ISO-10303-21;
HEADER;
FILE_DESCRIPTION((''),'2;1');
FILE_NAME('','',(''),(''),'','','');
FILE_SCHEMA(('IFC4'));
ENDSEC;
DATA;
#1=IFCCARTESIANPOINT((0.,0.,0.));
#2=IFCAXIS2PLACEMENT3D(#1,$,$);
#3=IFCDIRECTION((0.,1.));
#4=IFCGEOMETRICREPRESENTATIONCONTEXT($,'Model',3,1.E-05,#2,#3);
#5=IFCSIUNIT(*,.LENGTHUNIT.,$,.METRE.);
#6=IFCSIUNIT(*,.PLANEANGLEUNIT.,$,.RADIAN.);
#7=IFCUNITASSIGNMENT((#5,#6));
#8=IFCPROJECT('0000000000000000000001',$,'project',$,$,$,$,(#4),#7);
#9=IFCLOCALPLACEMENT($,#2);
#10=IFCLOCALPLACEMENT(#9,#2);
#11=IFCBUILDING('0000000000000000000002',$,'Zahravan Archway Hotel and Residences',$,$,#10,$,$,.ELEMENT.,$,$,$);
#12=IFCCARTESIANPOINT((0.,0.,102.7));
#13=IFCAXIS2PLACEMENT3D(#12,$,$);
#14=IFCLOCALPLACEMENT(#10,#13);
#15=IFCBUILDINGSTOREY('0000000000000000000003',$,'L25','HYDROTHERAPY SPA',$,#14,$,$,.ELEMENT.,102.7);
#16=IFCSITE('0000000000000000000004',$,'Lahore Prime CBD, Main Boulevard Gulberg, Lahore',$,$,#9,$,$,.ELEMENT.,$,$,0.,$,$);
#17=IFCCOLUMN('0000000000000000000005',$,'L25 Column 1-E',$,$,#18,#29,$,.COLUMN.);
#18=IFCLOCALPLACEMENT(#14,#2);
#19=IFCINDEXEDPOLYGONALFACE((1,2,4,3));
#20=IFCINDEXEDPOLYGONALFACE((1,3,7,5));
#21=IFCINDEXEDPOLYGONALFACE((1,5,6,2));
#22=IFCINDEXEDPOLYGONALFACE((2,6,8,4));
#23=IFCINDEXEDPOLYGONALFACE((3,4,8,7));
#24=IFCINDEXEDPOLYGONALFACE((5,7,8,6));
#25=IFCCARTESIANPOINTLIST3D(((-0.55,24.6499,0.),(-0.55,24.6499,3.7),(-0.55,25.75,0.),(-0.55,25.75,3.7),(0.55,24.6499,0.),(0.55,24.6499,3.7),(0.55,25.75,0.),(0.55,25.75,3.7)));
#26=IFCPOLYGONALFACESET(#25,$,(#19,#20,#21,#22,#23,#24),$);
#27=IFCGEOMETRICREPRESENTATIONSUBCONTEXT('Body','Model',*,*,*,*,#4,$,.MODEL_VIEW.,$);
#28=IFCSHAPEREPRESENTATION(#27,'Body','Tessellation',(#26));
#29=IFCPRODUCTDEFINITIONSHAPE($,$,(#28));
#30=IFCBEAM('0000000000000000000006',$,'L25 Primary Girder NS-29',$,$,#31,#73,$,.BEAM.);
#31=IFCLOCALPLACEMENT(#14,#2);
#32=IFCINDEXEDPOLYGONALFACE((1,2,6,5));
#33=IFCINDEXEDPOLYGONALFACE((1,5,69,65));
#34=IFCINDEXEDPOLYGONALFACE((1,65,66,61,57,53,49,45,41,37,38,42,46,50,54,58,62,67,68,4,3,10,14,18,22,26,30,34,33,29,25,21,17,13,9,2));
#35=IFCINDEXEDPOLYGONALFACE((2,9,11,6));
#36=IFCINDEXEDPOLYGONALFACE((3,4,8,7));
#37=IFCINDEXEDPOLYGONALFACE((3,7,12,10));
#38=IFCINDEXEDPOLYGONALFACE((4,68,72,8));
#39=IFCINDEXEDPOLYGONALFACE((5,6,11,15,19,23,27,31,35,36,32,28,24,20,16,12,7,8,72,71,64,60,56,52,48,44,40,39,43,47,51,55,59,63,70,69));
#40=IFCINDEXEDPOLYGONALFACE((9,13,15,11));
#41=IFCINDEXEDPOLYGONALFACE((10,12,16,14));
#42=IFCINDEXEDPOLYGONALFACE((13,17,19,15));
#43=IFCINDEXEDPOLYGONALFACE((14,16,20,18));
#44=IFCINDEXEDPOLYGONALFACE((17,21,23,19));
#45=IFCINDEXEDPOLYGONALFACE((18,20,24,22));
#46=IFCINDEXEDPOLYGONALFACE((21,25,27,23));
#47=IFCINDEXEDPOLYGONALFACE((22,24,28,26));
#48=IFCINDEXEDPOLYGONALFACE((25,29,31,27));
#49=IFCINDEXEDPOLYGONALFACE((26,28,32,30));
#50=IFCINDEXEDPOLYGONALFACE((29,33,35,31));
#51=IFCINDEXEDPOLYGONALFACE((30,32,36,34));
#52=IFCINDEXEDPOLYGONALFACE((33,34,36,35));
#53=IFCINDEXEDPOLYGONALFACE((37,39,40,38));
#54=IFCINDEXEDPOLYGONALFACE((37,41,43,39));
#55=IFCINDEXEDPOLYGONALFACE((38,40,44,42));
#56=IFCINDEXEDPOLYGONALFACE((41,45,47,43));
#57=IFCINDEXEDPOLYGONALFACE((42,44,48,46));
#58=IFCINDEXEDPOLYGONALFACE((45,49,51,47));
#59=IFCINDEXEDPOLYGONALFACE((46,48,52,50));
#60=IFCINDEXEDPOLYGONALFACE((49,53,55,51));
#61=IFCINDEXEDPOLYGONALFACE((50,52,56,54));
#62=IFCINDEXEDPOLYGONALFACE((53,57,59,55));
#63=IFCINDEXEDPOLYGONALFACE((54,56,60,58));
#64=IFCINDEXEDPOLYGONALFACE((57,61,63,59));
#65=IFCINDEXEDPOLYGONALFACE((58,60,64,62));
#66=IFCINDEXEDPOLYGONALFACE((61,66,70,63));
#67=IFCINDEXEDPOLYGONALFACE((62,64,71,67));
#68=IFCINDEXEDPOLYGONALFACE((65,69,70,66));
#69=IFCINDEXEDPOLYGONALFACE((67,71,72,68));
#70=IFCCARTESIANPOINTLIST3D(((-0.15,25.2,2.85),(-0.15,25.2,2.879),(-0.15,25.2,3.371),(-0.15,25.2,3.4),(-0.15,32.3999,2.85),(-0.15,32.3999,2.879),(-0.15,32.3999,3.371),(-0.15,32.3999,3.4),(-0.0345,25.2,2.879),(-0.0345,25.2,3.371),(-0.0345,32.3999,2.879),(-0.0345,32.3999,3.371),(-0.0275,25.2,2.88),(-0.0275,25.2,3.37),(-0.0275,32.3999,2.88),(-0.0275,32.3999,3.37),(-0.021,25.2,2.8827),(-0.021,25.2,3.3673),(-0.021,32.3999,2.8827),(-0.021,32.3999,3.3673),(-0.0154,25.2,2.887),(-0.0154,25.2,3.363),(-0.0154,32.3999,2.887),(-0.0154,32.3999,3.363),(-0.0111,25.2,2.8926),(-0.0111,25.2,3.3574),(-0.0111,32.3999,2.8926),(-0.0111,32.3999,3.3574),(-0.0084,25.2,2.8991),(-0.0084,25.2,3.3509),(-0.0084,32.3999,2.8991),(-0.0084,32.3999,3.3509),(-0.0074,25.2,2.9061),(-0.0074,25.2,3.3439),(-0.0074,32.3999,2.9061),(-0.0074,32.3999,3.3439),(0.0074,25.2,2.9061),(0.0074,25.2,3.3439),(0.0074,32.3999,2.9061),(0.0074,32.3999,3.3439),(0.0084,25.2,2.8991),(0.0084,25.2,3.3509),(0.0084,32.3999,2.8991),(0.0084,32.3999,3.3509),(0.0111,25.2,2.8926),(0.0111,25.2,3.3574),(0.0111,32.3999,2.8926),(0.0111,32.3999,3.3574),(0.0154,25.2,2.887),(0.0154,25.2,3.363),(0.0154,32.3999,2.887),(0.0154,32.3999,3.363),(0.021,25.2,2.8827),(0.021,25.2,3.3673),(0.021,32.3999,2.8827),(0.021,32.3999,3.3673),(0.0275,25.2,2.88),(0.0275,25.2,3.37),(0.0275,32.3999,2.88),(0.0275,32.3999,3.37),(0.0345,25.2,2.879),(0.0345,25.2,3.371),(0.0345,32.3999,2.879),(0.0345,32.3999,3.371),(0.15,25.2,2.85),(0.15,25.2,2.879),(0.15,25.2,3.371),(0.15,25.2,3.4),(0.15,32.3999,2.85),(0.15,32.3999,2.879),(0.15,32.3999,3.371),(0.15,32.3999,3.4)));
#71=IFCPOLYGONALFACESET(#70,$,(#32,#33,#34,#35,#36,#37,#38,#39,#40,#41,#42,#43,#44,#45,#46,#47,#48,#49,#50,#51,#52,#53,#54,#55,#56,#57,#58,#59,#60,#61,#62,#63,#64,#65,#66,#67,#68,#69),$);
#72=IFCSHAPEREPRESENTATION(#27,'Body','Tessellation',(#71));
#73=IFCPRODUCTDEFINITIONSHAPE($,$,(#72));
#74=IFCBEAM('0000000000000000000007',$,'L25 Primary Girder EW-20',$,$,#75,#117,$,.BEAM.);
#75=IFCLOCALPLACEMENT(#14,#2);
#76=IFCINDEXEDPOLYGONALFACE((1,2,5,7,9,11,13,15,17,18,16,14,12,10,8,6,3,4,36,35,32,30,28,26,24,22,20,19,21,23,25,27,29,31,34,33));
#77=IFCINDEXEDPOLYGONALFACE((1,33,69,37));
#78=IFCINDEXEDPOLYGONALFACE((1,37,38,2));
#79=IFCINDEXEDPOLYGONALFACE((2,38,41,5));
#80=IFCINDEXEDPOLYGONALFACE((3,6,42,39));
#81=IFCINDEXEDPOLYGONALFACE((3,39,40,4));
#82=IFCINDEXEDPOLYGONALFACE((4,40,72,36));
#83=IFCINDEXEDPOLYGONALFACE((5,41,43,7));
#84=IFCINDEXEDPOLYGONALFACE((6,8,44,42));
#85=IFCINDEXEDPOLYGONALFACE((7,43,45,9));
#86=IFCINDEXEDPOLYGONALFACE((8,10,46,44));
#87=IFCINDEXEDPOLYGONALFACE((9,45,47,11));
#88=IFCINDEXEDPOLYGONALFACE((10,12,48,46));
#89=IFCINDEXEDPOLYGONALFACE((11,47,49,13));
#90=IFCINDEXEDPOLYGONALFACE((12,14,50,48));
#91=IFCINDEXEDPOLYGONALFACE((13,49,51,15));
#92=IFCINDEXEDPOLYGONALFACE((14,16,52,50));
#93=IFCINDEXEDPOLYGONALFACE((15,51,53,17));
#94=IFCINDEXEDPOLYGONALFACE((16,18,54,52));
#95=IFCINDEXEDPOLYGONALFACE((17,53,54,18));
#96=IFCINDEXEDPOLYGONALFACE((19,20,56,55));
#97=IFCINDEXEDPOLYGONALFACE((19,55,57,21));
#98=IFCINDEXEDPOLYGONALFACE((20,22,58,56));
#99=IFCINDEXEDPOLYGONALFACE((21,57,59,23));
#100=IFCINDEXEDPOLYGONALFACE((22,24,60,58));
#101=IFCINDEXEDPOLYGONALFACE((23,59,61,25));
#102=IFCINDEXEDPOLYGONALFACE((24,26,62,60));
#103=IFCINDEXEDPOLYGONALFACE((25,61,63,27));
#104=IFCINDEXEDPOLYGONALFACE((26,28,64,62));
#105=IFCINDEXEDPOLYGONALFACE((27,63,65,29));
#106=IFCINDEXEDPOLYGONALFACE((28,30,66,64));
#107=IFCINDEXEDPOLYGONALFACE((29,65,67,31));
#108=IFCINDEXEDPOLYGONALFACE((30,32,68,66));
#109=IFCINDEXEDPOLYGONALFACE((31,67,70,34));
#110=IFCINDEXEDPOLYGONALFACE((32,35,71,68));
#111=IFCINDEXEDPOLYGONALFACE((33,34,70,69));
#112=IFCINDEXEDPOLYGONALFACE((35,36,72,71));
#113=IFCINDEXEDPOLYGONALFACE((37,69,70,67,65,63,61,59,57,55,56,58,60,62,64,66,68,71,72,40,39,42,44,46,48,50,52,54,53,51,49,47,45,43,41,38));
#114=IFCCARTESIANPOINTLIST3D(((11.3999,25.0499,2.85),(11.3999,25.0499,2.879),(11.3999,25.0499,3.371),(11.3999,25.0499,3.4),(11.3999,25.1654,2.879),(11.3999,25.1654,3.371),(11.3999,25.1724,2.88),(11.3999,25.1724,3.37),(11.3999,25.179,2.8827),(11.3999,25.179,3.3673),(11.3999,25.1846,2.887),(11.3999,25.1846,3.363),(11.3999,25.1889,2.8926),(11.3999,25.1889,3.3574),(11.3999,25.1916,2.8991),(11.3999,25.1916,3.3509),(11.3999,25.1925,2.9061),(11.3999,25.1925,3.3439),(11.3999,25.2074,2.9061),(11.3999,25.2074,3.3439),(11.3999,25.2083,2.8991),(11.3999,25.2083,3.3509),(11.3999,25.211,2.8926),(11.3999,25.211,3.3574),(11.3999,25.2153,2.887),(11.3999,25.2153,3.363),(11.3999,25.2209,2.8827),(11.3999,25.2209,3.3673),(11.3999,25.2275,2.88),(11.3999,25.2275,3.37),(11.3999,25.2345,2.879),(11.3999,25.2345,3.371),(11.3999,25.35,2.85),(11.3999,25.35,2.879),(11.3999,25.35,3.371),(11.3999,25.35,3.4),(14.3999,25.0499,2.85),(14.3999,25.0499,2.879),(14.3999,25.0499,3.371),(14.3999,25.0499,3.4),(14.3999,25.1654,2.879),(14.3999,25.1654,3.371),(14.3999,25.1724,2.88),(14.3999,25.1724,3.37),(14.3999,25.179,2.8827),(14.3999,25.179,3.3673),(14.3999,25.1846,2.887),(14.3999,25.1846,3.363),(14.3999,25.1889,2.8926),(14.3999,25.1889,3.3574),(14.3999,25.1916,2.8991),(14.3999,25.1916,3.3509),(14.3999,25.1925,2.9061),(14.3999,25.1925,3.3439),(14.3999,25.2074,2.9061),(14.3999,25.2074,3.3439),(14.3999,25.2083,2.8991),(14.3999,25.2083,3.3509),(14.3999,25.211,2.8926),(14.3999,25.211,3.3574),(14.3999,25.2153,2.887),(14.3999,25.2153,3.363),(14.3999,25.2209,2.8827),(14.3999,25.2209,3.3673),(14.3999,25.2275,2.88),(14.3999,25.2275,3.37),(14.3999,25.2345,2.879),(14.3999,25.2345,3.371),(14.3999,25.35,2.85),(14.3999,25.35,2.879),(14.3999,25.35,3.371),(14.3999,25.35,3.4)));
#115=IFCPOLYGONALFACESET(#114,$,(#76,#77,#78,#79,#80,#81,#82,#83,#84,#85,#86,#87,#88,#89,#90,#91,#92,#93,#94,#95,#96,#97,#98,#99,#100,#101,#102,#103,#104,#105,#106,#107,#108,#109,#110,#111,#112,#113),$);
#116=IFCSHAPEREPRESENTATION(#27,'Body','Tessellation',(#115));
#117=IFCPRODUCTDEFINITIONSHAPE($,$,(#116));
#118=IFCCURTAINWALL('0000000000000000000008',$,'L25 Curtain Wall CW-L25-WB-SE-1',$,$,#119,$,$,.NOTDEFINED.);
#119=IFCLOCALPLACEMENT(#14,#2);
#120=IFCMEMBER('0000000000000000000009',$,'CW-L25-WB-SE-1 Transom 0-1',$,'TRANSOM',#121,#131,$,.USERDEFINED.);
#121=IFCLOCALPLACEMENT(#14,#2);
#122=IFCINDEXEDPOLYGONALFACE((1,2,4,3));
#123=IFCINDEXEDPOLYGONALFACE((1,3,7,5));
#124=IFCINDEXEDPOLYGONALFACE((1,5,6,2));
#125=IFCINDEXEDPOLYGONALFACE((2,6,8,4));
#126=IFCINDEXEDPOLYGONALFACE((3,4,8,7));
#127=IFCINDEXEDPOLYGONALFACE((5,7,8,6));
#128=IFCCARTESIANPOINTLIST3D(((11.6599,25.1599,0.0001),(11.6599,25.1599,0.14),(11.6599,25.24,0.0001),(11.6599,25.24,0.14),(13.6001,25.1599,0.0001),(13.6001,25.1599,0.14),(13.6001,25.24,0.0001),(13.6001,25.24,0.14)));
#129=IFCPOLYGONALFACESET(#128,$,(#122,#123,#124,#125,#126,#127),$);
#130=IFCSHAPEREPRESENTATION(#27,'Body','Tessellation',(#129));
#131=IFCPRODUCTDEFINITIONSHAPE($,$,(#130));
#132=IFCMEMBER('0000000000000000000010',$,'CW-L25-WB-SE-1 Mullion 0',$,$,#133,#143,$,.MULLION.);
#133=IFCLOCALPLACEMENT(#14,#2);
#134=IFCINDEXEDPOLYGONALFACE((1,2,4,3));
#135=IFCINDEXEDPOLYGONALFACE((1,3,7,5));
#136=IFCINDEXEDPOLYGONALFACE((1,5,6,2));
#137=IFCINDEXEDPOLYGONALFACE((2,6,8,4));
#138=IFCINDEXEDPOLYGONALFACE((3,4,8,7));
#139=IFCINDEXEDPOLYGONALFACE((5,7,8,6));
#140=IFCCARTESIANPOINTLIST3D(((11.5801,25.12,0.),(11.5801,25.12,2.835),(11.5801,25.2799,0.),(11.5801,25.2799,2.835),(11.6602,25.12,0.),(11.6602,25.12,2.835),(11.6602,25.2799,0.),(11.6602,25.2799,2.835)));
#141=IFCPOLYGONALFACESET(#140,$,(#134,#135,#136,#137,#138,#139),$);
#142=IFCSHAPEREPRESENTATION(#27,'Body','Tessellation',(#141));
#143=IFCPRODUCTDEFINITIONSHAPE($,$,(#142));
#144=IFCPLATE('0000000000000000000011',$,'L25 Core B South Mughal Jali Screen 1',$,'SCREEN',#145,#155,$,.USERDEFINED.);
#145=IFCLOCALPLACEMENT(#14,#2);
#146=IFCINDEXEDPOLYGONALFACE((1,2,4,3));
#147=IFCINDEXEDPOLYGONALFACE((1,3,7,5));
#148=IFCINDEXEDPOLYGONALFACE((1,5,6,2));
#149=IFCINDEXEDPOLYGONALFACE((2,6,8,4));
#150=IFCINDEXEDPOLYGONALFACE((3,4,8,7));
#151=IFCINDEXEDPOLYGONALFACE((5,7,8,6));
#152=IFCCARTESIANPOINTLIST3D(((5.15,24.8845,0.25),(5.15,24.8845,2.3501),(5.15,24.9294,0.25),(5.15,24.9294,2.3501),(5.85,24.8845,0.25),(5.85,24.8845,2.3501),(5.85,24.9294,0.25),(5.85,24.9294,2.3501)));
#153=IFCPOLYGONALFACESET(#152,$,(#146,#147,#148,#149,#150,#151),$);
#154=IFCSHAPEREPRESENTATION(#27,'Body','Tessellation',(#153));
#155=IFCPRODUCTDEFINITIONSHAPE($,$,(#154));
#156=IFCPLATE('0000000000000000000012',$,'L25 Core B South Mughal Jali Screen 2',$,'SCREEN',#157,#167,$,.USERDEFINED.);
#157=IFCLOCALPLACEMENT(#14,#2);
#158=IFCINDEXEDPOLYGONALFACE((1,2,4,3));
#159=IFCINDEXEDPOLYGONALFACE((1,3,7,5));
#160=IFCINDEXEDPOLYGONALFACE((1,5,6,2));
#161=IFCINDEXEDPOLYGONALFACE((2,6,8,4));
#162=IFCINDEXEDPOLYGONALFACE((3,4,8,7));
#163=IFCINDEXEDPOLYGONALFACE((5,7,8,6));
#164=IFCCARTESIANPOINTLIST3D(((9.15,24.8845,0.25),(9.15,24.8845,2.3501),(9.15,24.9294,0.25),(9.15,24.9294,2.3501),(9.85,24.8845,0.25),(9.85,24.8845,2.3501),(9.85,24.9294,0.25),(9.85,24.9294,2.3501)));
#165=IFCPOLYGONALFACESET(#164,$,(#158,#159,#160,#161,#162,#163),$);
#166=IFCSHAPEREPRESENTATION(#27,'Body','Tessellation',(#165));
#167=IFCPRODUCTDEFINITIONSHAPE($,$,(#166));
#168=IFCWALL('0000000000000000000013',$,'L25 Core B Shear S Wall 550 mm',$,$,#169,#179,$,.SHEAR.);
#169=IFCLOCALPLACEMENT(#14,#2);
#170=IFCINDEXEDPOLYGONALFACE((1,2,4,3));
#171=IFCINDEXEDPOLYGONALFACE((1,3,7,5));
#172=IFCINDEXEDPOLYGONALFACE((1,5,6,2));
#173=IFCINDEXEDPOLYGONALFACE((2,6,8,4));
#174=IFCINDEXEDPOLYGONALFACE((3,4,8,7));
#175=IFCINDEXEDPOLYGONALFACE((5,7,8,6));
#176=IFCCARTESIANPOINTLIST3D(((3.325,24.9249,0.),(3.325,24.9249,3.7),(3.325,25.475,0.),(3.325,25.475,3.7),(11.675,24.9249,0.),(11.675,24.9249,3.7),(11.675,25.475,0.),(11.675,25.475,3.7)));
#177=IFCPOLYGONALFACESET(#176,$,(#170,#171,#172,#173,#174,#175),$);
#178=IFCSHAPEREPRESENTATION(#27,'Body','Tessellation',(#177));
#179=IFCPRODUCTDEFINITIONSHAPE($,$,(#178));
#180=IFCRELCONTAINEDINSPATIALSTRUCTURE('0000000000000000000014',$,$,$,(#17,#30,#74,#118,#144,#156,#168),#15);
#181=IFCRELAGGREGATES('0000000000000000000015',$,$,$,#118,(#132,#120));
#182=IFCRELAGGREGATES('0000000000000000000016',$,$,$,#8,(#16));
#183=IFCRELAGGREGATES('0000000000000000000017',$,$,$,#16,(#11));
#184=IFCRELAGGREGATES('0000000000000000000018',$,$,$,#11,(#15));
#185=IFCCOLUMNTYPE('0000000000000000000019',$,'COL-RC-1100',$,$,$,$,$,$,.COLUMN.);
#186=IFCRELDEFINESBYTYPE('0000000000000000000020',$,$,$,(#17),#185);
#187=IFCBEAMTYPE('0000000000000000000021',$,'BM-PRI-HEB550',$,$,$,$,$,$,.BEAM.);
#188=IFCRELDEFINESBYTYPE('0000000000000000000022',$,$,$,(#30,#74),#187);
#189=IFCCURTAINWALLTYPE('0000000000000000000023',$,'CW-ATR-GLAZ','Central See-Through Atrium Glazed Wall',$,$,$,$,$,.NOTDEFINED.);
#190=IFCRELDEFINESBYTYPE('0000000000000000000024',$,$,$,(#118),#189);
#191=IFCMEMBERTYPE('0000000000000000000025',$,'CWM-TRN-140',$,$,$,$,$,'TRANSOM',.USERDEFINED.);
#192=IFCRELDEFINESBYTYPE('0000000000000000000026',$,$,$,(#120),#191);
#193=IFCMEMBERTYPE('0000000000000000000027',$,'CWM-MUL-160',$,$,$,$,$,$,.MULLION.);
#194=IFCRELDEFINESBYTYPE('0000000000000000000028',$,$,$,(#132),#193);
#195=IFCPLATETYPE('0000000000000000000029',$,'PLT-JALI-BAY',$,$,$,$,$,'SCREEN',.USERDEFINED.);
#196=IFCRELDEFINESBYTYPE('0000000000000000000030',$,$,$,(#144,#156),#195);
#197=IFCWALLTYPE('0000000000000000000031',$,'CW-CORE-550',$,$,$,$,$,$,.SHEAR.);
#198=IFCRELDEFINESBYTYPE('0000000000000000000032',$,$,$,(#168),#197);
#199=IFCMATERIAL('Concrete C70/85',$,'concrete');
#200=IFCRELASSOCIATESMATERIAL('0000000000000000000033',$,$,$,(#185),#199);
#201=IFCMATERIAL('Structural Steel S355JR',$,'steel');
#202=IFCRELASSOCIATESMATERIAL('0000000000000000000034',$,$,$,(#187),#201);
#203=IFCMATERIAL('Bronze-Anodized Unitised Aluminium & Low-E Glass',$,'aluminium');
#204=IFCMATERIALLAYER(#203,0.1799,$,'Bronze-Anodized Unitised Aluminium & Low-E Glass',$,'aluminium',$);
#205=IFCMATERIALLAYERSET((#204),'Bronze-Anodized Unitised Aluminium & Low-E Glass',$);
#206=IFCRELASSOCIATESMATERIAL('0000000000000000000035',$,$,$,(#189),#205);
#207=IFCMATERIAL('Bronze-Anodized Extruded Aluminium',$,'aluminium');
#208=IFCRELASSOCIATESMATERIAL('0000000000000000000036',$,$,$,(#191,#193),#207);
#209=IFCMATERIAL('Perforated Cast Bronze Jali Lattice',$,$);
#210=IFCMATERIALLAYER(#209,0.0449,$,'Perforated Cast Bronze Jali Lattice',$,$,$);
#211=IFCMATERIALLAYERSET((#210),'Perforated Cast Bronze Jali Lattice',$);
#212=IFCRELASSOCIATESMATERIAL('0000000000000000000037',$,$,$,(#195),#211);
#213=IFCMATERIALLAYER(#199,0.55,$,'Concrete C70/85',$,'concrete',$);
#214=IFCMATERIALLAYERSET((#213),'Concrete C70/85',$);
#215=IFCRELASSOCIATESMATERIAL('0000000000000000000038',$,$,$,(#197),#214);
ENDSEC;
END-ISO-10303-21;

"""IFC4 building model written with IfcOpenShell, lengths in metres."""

from ifc_helpers import new_model, si_unit, direction, frame, frame_2d, origin, origin_2d, place, context, subcontext, project, spatial, rectangle, i_section, extrude, source, transform, mapped, material, layer, layer_set, material_profile, profile_set, type_object, type_shapes, element, aggregate, save


model = new_model("IFC4")

# Units and contexts
model_context = context("Model", 3, precision=1e-05, world=origin(), true_north=direction((0.0, 1.0)))
body_context = subcontext(model_context, "Body", "Model", "MODEL_VIEW")
ifc_project = project(units=[si_unit("LENGTHUNIT", "METRE"), si_unit("PLANEANGLEUNIT", "RADIAN")], contexts=[model_context])

# Site, building, storey
site_placement = place(None, origin())
site = spatial("IfcSite", under=ifc_project, at=site_placement, Name="Lahore Prime CBD, Main Boulevard Gulberg, Lahore", CompositionType="ELEMENT", RefElevation=0.0)
building_placement = place(site_placement, origin())
building = spatial("IfcBuilding", under=site, at=building_placement, Name="Zahravan Archway Hotel and Residences", CompositionType="ELEMENT")
storey_placement = place(building_placement, frame((0.0, 0.0, 102.7)))
storey = spatial("IfcBuildingStorey", under=building, at=storey_placement, Name="L25", Description="HYDROTHERAPY SPA", CompositionType="ELEMENT", Elevation=102.7)

# Column
ifc_material_1 = material(Name="Concrete C70/85", Category="concrete")
ifc_material_profile_1 = material_profile(ifc_material_1, rectangle(XDim=1.1001, YDim=1.1001, at=origin_2d()), Name="RC 1100x1100", Category="concrete")
ifc_profile_set_1 = profile_set([ifc_material_profile_1], Name="Concrete C70/85")
column_type = type_object("IfcColumnType", Name="COL-RC-1100", PredefinedType="COLUMN", material=ifc_profile_set_1)
shared_shape_1 = source(origin(), body_context, "Body", "SweptSolid", [
    extrude(rectangle(XDim=1.1001, YDim=1.1001, at=origin_2d()), origin(), (0.0, 0.0, 1.0), 3.7),
])
column_placement = place(storey_placement, frame((0.0, 25.2, 0.0), z_axis=(0.0, 0.0, 1.0), x_axis=(1.0, 0.0, 0.0)))
element("IfcColumn", 1, at=column_placement, inside=storey, type_object=column_type, Name="L25 Column 1-E", PredefinedType="COLUMN", context=body_context, shape_type="MappedRepresentation", body=[
    mapped(shared_shape_1, transform((0.0, 0.0, 0.0), scale=1.0)),
])

# Beams
ifc_material_2 = material(Name="Structural Steel S355JR", Category="steel")
ifc_material_profile_2 = material_profile(ifc_material_2, i_section(OverallWidth=0.3, OverallDepth=0.55, WebThickness=0.0149, FlangeThickness=0.0291, FilletRadius=0.0271, at=origin_2d()), Name="HEB 550", Category="steel")
ifc_profile_set_2 = profile_set([ifc_material_profile_2], Name="Structural Steel S355JR")
beam_type = type_object("IfcBeamType", Name="BM-PRI-HEB550", PredefinedType="BEAM", material=ifc_profile_set_2)
shared_shape_2 = source(origin(), body_context, "Body", "SweptSolid", [
    extrude(i_section(OverallWidth=0.3, OverallDepth=0.55, WebThickness=0.0149, FlangeThickness=0.0291, FilletRadius=0.0271, at=origin_2d()), origin(), (0.0, 0.0, 1.0), 7.2),
])
beam_1_placement = place(storey_placement, frame((0.0, 25.2, 3.125), z_axis=(0.0, 1.0, 0.0), x_axis=(-1.0, 0.0, 0.0)))
element("IfcBeam", 2, at=beam_1_placement, inside=storey, type_object=beam_type, Name="L25 Primary Girder NS-29", PredefinedType="BEAM", context=body_context, shape_type="MappedRepresentation", body=[
    mapped(shared_shape_2, transform((0.0, 0.0, 0.0), scale=1.0)),
])
shared_shape_3 = source(origin(), body_context, "Body", "SweptSolid", [
    extrude(i_section(OverallWidth=0.3, OverallDepth=0.55, WebThickness=0.0149, FlangeThickness=0.0291, FilletRadius=0.0271, at=origin_2d()), origin(), (0.0, 0.0, 1.0), 3.0),
])
beam_2_placement = place(storey_placement, frame((11.3999, 25.2, 3.125), z_axis=(1.0, 0.0, 0.0), x_axis=(0.0, 1.0, 0.0)))
element("IfcBeam", 3, at=beam_2_placement, inside=storey, type_object=beam_type, Name="L25 Primary Girder EW-20", PredefinedType="BEAM", context=body_context, shape_type="MappedRepresentation", body=[
    mapped(shared_shape_3, transform((0.0, 0.0, 0.0), scale=1.0)),
])

# Curtain wall, members
ifc_material_3 = material(Name="Bronze-Anodized Unitised Aluminium & Low-E Glass", Category="aluminium")
ifc_layer_1 = layer(ifc_material_3, 0.1799, Name="Bronze-Anodized Unitised Aluminium & Low-E Glass", Category="aluminium")
ifc_layer_set_1 = layer_set([ifc_layer_1], Name="Bronze-Anodized Unitised Aluminium & Low-E Glass")
curtain_wall_type = type_object("IfcCurtainWallType", Name="CW-ATR-GLAZ", Description="Central See-Through Atrium Glazed Wall", PredefinedType="NOTDEFINED", material=ifc_layer_set_1)
curtain_wall_placement = place(storey_placement, origin())
curtain_wall = element("IfcCurtainWall", 4, at=curtain_wall_placement, inside=storey, type_object=curtain_wall_type, Name="L25 Curtain Wall CW-L25-WB-SE-1", PredefinedType="NOTDEFINED")
ifc_material_4 = material(Name="Bronze-Anodized Extruded Aluminium", Category="aluminium")
ifc_material_profile_3 = material_profile(ifc_material_4, rectangle(XDim=0.0801, YDim=0.1399, at=origin_2d()), Name="TRN 80x140", Category="aluminium")
ifc_profile_set_3 = profile_set([ifc_material_profile_3], Name="Bronze-Anodized Extruded Aluminium")
member_type_1 = type_object("IfcMemberType", Name="CWM-TRN-140", ElementType="TRANSOM", PredefinedType="USERDEFINED", material=ifc_profile_set_3)
shared_shape_4 = source(origin(), body_context, "Body", "SweptSolid", [
    extrude(rectangle(XDim=0.0801, YDim=0.1399, at=origin_2d()), origin(), (0.0, 0.0, 1.0), 1.9402),
])
member_1_placement = place(storey_placement, frame((11.6599, 25.2, 0.0701), z_axis=(1.0, 0.0, 0.0), x_axis=(0.0, 1.0, 0.0)))
member_1 = element("IfcMember", 5, at=member_1_placement, type_object=member_type_1, Name="CW-L25-WB-SE-1 Transom 0-1", ObjectType="TRANSOM", PredefinedType="USERDEFINED", context=body_context, shape_type="MappedRepresentation", body=[
    mapped(shared_shape_4, transform((0.0, 0.0, 0.0), scale=1.0)),
])
ifc_material_profile_4 = material_profile(ifc_material_4, rectangle(XDim=0.0801, YDim=0.1599, at=origin_2d()), Name="MUL 80x160", Category="aluminium")
ifc_profile_set_4 = profile_set([ifc_material_profile_4], Name="Bronze-Anodized Extruded Aluminium")
member_type_2 = type_object("IfcMemberType", Name="CWM-MUL-160", PredefinedType="MULLION", material=ifc_profile_set_4)
shared_shape_5 = source(origin(), body_context, "Body", "SweptSolid", [
    extrude(rectangle(XDim=0.0801, YDim=0.1599, at=origin_2d()), origin(), (0.0, 0.0, 1.0), 2.835),
])
member_2_placement = place(storey_placement, frame((11.6201, 25.2, 0.0), z_axis=(0.0, 0.0, 1.0), x_axis=(1.0, 0.0, 0.0)))
member_2 = element("IfcMember", 6, at=member_2_placement, type_object=member_type_2, Name="CW-L25-WB-SE-1 Mullion 0", PredefinedType="MULLION", context=body_context, shape_type="MappedRepresentation", body=[
    mapped(shared_shape_5, transform((0.0, 0.0, 0.0), scale=1.0)),
])
aggregate(curtain_wall, [member_2, member_1])

# Plates
ifc_material_5 = material(Name="Perforated Cast Bronze Jali Lattice")
ifc_layer_2 = layer(ifc_material_5, 0.0449, Name="Perforated Cast Bronze Jali Lattice")
ifc_layer_set_2 = layer_set([ifc_layer_2], Name="Perforated Cast Bronze Jali Lattice")
plate_type = type_object("IfcPlateType", Name="PLT-JALI-BAY", ElementType="SCREEN", PredefinedType="USERDEFINED", material=ifc_layer_set_2)
shared_shape_6 = source(origin(), body_context, "Body", "SweptSolid", [
    extrude(rectangle(XDim=0.7, YDim=0.0449, at=origin_2d()), origin(), (0.0, 0.0, 1.0), 2.1001),
])
type_shapes(plate_type, [shared_shape_6])
for number, where, z_axis, x_axis, name in (
    (7, (5.5, 24.907, 0.25), (0.0, 0.0, 1.0), (1.0, 0.0, 0.0), "L25 Core B South Mughal Jali Screen 1"),
    (8, (9.5, 24.907, 0.25), (0.0, 0.0, 1.0), (1.0, 0.0, 0.0), "L25 Core B South Mughal Jali Screen 2"),
):
    element("IfcPlate", number, at=place(storey_placement, frame(where, z_axis=z_axis, x_axis=x_axis)), inside=storey, type_object=plate_type, Name=name, ObjectType="SCREEN", PredefinedType="USERDEFINED", context=body_context, shape_type="MappedRepresentation", body=[
        mapped(shared_shape_6, transform((0.0, 0.0, 0.0), scale=1.0)),
    ])

# Wall
ifc_layer_3 = layer(ifc_material_1, 0.55, Name="Concrete C70/85", Category="concrete")
ifc_layer_set_3 = layer_set([ifc_layer_3], Name="Concrete C70/85")
wall_type_1 = type_object("IfcWallType", Name="CW-CORE-550", PredefinedType="SHEAR", material=ifc_layer_set_3)
wall_1_placement = place(storey_placement, frame((3.325, 25.2, 0.0), z_axis=(0.0, 0.0, 1.0), x_axis=(1.0, 0.0, 0.0)))
element("IfcWall", 9, at=wall_1_placement, inside=storey, type_object=wall_type_1, Name="L25 Core B Shear S Wall 550 mm", PredefinedType="SHEAR", context=body_context, shape_type="SweptSolid", body=[
    extrude(rectangle(XDim=8.3501, YDim=0.55, at=frame_2d((4.175, 0.0))), origin(), (0.0, 0.0, 1.0), 3.7),
])

save(model, "model.ifc")
